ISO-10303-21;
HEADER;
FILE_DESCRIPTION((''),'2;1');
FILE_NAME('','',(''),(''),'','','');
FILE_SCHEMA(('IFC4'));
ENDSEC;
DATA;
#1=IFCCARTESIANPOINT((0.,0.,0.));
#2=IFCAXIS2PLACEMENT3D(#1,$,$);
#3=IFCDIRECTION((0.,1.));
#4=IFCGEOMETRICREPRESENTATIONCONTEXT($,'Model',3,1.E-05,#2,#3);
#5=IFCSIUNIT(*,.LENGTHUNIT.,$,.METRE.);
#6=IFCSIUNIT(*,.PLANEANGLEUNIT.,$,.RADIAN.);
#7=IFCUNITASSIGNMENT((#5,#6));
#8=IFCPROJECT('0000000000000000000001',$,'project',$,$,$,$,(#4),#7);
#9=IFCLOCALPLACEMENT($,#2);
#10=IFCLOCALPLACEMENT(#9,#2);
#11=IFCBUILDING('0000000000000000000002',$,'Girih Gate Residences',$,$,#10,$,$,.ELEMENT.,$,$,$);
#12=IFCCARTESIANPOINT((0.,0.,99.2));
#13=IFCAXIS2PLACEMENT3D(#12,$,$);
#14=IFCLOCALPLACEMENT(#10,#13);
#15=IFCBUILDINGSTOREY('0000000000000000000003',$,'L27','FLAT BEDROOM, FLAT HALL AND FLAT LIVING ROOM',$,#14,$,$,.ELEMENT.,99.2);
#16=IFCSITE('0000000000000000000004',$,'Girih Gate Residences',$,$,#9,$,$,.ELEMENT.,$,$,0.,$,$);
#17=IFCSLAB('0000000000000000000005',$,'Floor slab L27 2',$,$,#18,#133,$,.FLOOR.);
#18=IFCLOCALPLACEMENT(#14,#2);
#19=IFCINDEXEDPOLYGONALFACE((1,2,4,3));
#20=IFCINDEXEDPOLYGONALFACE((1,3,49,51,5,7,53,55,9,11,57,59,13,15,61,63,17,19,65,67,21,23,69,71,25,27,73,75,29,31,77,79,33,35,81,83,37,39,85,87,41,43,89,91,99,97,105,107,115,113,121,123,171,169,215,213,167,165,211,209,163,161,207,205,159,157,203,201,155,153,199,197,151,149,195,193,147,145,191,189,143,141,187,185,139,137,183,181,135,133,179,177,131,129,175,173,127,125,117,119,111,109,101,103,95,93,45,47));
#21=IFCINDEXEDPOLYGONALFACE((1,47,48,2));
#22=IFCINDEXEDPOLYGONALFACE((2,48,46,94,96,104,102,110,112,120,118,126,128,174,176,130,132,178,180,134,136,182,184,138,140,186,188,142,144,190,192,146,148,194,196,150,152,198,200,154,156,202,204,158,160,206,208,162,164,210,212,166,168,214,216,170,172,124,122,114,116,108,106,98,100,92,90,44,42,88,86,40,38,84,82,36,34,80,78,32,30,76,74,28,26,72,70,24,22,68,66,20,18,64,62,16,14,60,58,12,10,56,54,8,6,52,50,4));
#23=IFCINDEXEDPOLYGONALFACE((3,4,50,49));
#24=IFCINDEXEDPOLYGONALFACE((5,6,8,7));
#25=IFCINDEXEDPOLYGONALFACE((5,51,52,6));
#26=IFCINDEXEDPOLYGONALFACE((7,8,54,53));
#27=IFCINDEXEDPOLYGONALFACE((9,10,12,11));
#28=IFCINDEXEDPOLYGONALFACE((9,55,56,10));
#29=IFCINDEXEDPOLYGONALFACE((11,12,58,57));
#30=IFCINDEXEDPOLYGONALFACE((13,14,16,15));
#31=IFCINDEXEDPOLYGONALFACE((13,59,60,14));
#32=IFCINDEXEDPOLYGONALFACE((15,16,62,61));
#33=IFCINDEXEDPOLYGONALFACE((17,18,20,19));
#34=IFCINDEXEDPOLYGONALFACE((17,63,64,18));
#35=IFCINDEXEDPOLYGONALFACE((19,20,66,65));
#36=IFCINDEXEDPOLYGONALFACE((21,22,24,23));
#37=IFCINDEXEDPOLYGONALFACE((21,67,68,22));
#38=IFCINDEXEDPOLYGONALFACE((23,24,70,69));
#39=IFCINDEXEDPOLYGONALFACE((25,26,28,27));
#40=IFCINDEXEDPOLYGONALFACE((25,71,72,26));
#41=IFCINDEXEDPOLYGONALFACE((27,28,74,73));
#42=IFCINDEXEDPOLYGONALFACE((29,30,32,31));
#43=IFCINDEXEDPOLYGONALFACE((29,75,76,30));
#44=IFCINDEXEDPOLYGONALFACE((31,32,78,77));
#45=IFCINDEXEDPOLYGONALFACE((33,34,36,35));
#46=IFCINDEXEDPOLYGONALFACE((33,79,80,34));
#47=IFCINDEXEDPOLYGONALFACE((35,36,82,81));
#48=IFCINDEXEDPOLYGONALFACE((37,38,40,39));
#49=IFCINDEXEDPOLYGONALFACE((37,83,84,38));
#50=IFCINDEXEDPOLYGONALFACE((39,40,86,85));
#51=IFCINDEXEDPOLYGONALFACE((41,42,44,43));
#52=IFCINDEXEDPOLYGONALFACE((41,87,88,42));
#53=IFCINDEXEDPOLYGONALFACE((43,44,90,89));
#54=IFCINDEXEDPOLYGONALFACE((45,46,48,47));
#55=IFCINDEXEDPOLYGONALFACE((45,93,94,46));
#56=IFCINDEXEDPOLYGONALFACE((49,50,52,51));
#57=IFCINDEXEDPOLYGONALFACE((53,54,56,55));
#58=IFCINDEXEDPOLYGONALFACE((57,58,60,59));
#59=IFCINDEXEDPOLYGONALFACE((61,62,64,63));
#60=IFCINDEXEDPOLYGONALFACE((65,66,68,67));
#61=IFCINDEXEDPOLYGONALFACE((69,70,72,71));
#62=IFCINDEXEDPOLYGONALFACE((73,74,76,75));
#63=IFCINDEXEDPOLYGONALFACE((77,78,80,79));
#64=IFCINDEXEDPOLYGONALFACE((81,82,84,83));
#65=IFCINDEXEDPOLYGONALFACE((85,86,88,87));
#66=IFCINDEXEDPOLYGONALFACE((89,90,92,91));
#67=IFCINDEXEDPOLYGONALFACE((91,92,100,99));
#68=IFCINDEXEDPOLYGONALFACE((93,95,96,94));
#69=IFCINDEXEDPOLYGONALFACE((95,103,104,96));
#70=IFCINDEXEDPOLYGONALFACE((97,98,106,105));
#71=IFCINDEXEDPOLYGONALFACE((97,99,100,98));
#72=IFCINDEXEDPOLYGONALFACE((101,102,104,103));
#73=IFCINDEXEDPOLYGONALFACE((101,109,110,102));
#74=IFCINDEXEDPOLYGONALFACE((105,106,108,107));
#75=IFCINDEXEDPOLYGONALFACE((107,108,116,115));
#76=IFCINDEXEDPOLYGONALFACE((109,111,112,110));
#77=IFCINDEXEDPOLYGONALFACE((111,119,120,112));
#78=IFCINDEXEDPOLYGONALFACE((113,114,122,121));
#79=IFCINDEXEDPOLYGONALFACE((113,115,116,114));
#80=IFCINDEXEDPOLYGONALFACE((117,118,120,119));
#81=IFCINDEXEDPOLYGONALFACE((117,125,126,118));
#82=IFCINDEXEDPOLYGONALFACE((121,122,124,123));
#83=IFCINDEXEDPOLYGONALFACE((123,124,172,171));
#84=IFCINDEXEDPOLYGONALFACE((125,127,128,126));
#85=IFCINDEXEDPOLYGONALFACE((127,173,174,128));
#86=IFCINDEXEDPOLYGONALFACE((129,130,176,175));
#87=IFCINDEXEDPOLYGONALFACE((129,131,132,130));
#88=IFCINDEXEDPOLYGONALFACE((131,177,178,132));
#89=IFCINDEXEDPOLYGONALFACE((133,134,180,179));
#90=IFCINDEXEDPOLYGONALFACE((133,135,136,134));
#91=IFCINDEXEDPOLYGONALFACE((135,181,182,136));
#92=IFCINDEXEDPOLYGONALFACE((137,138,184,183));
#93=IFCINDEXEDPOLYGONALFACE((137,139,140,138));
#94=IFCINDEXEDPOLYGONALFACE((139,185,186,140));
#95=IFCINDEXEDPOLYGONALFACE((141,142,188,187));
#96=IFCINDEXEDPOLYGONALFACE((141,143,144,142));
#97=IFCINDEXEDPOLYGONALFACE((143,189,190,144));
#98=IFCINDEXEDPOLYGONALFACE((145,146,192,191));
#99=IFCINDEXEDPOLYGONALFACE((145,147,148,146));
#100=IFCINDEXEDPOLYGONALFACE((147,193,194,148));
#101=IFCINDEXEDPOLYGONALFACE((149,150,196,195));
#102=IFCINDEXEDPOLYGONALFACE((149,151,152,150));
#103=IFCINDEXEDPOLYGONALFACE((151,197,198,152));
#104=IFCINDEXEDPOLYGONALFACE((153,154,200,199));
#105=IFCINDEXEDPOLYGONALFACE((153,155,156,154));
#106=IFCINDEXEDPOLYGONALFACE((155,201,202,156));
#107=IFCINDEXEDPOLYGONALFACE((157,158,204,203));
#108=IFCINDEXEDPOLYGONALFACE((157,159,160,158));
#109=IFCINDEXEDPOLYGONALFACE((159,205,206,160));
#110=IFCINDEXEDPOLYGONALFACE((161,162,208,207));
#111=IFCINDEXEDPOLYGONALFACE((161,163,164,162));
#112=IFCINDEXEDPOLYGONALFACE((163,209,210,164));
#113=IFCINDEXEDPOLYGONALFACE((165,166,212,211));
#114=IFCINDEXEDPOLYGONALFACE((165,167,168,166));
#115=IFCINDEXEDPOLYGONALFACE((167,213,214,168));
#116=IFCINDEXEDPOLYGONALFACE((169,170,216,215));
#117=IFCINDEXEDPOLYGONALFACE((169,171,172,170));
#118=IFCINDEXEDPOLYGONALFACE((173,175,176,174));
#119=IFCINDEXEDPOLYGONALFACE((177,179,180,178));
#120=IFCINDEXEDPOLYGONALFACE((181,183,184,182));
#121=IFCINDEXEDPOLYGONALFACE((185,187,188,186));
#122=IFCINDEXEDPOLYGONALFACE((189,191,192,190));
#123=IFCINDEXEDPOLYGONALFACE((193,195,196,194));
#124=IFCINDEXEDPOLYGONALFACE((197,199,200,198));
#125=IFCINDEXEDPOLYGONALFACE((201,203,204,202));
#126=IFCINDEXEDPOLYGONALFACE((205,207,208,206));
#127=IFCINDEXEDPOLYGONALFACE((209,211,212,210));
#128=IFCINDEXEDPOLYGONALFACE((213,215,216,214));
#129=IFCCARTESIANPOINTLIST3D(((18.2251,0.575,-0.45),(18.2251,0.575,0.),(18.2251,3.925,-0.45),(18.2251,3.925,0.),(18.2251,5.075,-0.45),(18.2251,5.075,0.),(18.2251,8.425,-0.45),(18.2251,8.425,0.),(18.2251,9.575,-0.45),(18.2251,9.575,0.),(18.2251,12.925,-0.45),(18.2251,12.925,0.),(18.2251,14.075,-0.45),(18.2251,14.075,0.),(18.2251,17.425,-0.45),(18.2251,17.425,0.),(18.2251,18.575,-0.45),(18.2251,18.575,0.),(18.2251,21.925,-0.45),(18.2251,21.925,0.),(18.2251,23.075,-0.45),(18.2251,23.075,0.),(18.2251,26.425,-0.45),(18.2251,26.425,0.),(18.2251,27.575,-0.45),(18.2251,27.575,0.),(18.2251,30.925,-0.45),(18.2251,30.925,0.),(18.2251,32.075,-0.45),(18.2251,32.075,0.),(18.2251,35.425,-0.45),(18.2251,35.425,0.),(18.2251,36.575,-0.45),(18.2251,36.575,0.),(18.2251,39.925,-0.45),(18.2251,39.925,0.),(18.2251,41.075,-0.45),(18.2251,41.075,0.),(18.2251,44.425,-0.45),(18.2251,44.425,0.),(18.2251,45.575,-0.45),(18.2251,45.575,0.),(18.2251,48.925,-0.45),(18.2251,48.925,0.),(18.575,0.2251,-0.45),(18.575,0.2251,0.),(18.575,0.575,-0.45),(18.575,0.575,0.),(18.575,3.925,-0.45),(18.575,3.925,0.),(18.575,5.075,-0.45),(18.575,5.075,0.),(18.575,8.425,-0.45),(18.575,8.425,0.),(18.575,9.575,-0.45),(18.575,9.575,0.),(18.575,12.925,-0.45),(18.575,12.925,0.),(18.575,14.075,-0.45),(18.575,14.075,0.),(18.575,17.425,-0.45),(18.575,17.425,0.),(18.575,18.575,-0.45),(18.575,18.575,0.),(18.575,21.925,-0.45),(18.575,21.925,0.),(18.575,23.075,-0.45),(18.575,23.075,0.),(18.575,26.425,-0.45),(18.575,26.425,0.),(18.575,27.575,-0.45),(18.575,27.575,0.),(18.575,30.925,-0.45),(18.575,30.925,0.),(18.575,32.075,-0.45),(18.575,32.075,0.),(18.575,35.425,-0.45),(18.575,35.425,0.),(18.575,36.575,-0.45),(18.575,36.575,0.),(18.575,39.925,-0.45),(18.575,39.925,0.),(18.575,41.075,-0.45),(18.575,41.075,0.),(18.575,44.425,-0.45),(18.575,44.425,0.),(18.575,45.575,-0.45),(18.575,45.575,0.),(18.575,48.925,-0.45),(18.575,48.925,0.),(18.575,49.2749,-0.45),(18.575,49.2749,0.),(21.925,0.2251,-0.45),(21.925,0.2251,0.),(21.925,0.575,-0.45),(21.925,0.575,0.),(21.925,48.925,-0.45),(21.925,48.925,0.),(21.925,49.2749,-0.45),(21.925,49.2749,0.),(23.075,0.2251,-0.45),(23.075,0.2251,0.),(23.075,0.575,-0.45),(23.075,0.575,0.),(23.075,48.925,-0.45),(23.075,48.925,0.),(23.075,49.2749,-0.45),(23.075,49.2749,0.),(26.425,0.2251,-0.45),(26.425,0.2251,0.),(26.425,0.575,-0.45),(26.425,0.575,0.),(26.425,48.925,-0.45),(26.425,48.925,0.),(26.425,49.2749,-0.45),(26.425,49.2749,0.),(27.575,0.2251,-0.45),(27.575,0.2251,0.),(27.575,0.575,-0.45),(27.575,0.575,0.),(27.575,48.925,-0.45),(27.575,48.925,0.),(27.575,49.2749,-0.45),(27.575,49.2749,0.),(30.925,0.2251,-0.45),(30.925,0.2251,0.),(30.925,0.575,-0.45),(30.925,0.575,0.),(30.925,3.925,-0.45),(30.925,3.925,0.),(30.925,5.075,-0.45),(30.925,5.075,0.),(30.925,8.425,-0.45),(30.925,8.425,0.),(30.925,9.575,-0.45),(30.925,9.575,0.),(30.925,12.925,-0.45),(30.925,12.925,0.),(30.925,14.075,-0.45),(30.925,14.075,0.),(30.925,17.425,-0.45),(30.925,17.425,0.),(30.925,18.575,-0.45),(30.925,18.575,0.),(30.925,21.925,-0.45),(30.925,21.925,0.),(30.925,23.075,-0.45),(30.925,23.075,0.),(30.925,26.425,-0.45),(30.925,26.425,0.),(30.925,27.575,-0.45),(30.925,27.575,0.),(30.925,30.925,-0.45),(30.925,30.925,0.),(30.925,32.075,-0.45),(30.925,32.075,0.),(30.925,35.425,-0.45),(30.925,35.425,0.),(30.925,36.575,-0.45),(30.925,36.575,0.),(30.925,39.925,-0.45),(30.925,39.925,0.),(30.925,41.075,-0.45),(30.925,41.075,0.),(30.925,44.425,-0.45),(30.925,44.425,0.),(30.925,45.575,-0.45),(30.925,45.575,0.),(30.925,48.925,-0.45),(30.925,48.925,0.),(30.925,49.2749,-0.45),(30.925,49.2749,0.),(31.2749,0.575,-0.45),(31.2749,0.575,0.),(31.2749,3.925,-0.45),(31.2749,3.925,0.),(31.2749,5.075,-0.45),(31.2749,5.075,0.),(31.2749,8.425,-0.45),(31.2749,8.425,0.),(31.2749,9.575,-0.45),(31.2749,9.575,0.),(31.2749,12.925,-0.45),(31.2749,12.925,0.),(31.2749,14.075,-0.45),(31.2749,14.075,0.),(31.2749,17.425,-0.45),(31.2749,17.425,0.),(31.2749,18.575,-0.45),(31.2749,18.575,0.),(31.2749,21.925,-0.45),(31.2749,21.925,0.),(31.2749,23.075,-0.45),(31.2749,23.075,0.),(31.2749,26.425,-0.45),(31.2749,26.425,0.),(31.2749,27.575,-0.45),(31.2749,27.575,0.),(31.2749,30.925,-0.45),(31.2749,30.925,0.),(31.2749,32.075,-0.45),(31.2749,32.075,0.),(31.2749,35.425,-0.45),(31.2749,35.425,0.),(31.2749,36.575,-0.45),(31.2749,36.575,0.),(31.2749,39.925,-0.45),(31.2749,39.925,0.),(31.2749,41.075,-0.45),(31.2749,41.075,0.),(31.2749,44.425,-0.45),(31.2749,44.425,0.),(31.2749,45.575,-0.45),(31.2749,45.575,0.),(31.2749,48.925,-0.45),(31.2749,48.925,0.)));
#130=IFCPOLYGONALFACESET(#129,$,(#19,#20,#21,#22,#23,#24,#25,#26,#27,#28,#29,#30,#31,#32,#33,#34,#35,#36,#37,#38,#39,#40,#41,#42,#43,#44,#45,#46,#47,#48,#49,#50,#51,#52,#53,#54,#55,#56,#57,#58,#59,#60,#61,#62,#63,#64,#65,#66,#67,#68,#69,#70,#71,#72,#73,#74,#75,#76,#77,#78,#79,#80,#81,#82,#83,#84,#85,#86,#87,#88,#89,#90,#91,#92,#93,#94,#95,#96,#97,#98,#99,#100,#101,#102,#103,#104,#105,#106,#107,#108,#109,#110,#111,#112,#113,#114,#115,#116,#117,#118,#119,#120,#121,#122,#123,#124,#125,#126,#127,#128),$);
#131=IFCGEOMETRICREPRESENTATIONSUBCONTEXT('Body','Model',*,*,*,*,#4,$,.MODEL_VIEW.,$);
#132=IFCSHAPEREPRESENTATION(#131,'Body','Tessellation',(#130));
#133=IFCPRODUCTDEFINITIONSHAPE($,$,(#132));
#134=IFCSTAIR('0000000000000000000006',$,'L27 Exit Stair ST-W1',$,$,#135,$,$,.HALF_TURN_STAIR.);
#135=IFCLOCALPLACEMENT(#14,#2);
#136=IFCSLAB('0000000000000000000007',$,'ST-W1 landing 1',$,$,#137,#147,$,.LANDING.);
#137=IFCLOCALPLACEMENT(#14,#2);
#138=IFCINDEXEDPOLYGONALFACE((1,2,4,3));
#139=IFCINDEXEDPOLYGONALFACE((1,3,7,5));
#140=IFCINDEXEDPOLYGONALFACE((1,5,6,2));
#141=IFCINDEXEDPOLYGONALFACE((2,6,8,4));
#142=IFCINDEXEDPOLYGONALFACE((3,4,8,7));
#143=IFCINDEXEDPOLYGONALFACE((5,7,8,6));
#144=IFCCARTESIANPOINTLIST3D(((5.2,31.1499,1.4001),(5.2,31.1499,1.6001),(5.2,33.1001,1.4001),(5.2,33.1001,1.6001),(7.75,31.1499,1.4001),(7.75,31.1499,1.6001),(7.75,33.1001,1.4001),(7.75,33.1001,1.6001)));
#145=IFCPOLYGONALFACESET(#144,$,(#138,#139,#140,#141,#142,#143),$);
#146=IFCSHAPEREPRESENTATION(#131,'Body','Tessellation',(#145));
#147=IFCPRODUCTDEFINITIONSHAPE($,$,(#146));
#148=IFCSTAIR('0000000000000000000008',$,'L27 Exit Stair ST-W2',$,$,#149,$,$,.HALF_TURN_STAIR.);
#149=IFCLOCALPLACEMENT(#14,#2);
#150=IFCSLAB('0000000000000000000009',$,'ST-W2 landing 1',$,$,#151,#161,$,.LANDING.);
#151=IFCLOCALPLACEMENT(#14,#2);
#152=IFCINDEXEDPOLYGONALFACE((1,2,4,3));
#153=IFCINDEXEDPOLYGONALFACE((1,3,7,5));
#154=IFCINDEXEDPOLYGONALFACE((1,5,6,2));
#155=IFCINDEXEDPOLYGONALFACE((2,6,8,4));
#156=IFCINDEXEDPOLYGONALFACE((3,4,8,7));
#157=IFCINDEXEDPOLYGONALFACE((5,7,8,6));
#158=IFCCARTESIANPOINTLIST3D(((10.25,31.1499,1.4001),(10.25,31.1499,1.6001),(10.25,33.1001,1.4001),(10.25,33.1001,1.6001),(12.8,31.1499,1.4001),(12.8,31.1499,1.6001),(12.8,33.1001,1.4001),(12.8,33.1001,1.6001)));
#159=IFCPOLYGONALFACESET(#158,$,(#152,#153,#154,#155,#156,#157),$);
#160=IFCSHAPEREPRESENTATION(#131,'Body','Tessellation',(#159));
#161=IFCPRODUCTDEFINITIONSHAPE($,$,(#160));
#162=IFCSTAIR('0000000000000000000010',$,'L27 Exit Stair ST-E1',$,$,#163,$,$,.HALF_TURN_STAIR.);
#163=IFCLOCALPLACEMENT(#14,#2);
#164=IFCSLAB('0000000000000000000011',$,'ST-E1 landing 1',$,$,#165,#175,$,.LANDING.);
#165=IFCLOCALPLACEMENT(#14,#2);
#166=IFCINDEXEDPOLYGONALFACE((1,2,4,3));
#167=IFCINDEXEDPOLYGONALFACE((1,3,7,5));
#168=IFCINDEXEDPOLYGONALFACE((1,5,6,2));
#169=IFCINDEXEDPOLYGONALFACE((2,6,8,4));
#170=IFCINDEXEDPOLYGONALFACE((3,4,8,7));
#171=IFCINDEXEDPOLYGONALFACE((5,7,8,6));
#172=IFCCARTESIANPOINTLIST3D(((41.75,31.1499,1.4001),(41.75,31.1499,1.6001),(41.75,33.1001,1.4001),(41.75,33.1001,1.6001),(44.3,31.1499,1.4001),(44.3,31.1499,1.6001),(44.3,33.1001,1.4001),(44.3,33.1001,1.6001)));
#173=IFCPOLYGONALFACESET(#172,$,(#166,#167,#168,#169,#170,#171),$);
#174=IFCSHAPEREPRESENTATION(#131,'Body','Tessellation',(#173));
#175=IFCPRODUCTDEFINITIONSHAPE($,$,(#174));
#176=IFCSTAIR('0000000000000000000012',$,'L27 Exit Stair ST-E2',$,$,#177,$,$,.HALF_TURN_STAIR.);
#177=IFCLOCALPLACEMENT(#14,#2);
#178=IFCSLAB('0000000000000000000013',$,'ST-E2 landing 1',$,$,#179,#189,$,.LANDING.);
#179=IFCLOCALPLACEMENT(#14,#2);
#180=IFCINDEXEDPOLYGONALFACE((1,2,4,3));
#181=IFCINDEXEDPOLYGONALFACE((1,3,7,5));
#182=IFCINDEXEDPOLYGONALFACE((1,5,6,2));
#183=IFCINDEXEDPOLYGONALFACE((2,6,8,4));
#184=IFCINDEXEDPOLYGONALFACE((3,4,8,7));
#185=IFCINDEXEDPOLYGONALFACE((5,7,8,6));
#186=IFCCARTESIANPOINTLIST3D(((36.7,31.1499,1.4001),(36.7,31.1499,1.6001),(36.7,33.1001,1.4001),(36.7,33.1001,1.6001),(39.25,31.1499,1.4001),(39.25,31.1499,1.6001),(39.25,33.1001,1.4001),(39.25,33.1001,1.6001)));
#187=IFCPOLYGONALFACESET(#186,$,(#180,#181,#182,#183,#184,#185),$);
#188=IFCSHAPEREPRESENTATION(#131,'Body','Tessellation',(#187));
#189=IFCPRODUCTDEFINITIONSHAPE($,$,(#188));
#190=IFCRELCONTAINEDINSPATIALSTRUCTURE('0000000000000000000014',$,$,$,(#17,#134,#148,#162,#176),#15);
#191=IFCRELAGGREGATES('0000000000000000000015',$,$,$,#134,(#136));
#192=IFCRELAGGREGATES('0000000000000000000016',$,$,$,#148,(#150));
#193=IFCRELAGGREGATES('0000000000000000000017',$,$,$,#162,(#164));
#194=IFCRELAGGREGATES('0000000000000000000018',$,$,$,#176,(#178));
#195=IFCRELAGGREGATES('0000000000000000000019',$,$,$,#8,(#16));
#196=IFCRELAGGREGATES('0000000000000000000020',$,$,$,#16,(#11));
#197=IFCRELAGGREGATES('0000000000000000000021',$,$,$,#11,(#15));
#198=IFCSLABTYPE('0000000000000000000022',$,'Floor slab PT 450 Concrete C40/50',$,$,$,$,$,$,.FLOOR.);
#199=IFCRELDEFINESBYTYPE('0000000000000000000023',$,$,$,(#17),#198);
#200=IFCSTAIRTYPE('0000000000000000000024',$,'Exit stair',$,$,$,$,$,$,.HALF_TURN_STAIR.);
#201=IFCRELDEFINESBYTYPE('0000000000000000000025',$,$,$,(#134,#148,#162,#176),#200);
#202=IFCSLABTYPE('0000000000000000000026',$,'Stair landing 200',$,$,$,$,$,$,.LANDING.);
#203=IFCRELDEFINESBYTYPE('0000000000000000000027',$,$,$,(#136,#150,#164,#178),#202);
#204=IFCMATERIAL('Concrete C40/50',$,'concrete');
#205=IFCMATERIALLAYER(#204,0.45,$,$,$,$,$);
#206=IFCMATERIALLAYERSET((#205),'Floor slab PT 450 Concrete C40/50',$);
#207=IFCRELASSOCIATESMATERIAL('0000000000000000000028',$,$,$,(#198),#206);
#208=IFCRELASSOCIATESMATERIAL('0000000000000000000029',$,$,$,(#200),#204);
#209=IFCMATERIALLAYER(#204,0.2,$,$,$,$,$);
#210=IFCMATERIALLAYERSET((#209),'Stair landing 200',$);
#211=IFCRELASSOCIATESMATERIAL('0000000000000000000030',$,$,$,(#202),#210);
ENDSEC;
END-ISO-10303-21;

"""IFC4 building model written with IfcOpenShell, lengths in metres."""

from ifc_helpers import new_model, si_unit, direction, frame, origin, place, context, subcontext, project, spatial, polyline, outline, extrude, material, layer, layer_set, type_object, element, aggregate, save


model = new_model("IFC4")

# Units and contexts
model_context = context("Model", 3, precision=1e-05, world=origin(), true_north=direction((0.0, 1.0)))
body_context = subcontext(model_context, "Body", "Model", "MODEL_VIEW")
ifc_project = project(units=[si_unit("LENGTHUNIT", "METRE"), si_unit("PLANEANGLEUNIT", "RADIAN")], contexts=[model_context])

# Site, building, storey
site_placement = place(None, origin())
site = spatial("IfcSite", under=ifc_project, at=site_placement, Name="Girih Gate Residences", CompositionType="ELEMENT", RefElevation=0.0)
building_placement = place(site_placement, origin())
building = spatial("IfcBuilding", under=site, at=building_placement, Name="Girih Gate Residences", CompositionType="ELEMENT")
storey_placement = place(building_placement, frame((0.0, 0.0, 99.2)))
storey = spatial("IfcBuildingStorey", under=building, at=storey_placement, Name="L27", Description="FLAT BEDROOM, FLAT HALL AND FLAT LIVING ROOM", CompositionType="ELEMENT", Elevation=99.2)

# Slab
ifc_material_1 = material(Name="Concrete C40/50", Category="concrete")
ifc_layer_1 = layer(ifc_material_1, 0.45)
ifc_layer_set_1 = layer_set([ifc_layer_1], Name="Floor slab PT 450 Concrete C40/50")
slab_type_1 = type_object("IfcSlabType", Name="Floor slab PT 450 Concrete C40/50", PredefinedType="FLOOR", material=ifc_layer_set_1)
slab_1_placement = place(storey_placement, frame((0.0, 0.0, -0.45)))
element("IfcSlab", 1, at=slab_1_placement, inside=storey, type_object=slab_type_1, Name="Floor slab L27 2", PredefinedType="FLOOR", context=body_context, shape_type="SweptSolid", body=[
    extrude(outline(polyline([(21.925, 49.2749), (18.575, 49.2749), (18.575, 48.925), (18.2251, 48.925), (18.2251, 45.575), (18.575, 45.575), (18.575, 44.425), (18.2251, 44.425), (18.2251, 41.075), (18.575, 41.075), (18.575, 39.925), (18.2251, 39.925), (18.2251, 36.575), (18.575, 36.575), (18.575, 35.425), (18.2251, 35.425), (18.2251, 32.075), (18.575, 32.075), (18.575, 30.925), (18.2251, 30.925), (18.2251, 27.575), (18.575, 27.575), (18.575, 26.425), (18.2251, 26.425), (18.2251, 23.075), (18.575, 23.075), (18.575, 21.925), (18.2251, 21.925), (18.2251, 18.575), (18.575, 18.575), (18.575, 17.425), (18.2251, 17.425), (18.2251, 14.075), (18.575, 14.075), (18.575, 12.925), (18.2251, 12.925), (18.2251, 9.575), (18.575, 9.575), (18.575, 8.425), (18.2251, 8.425), (18.2251, 5.075), (18.575, 5.075), (18.575, 3.925), (18.2251, 3.925), (18.2251, 0.575), (18.575, 0.575), (18.575, 0.2251), (21.925, 0.2251), (21.925, 0.575), (23.075, 0.575), (23.075, 0.2251), (26.425, 0.2251), (26.425, 0.575), (27.575, 0.575), (27.575, 0.2251), (30.925, 0.2251), (30.925, 0.575), (31.2749, 0.575), (31.2749, 3.925), (30.925, 3.925), (30.925, 5.075), (31.2749, 5.075), (31.2749, 8.425), (30.925, 8.425), (30.925, 9.575), (31.2749, 9.575), (31.2749, 12.925), (30.925, 12.925), (30.925, 14.075), (31.2749, 14.075), (31.2749, 17.425), (30.925, 17.425), (30.925, 18.575), (31.2749, 18.575), (31.2749, 21.925), (30.925, 21.925), (30.925, 23.075), (31.2749, 23.075), (31.2749, 26.425), (30.925, 26.425), (30.925, 27.575), (31.2749, 27.575), (31.2749, 30.925), (30.925, 30.925), (30.925, 32.075), (31.2749, 32.075), (31.2749, 35.425), (30.925, 35.425), (30.925, 36.575), (31.2749, 36.575), (31.2749, 39.925), (30.925, 39.925), (30.925, 41.075), (31.2749, 41.075), (31.2749, 44.425), (30.925, 44.425), (30.925, 45.575), (31.2749, 45.575), (31.2749, 48.925), (30.925, 48.925), (30.925, 49.2749), (27.575, 49.2749), (27.575, 48.925), (26.425, 48.925), (26.425, 49.2749), (23.075, 49.2749), (23.075, 48.925), (21.925, 48.925), (21.925, 49.2749)])), origin(), (0.0, 0.0, 1.0), 0.45),
])

# Stairs, slabs
stair_type = type_object("IfcStairType", Name="Exit stair", PredefinedType="HALF_TURN_STAIR", material=ifc_material_1)
stair_1_placement = place(storey_placement, origin())
stair_1 = element("IfcStair", 2, at=stair_1_placement, inside=storey, type_object=stair_type, Name="L27 Exit Stair ST-W1", PredefinedType="HALF_TURN_STAIR")
ifc_layer_2 = layer(ifc_material_1, 0.2)
ifc_layer_set_2 = layer_set([ifc_layer_2], Name="Stair landing 200")
slab_type_2 = type_object("IfcSlabType", Name="Stair landing 200", PredefinedType="LANDING", material=ifc_layer_set_2)
slab_2_placement = place(storey_placement, frame((0.0, 0.0, 1.4001)))
slab_2 = element("IfcSlab", 3, at=slab_2_placement, type_object=slab_type_2, Name="ST-W1 landing 1", PredefinedType="LANDING", context=body_context, shape_type="SweptSolid", body=[
    extrude(outline(polyline([(7.75, 31.1499), (7.75, 33.1001), (5.2, 33.1001), (5.2, 31.1499), (7.75, 31.1499)])), origin(), (0.0, 0.0, 1.0), 0.2),
])
aggregate(stair_1, [slab_2])
stair_2_placement = place(storey_placement, origin())
stair_2 = element("IfcStair", 4, at=stair_2_placement, inside=storey, type_object=stair_type, Name="L27 Exit Stair ST-W2", PredefinedType="HALF_TURN_STAIR")
slab_3_placement = place(storey_placement, frame((0.0, 0.0, 1.4001)))
slab_3 = element("IfcSlab", 5, at=slab_3_placement, type_object=slab_type_2, Name="ST-W2 landing 1", PredefinedType="LANDING", context=body_context, shape_type="SweptSolid", body=[
    extrude(outline(polyline([(12.8, 31.1499), (12.8, 33.1001), (10.25, 33.1001), (10.25, 31.1499), (12.8, 31.1499)])), origin(), (0.0, 0.0, 1.0), 0.2),
])
aggregate(stair_2, [slab_3])
stair_3_placement = place(storey_placement, origin())
stair_3 = element("IfcStair", 6, at=stair_3_placement, inside=storey, type_object=stair_type, Name="L27 Exit Stair ST-E1", PredefinedType="HALF_TURN_STAIR")
slab_4_placement = place(storey_placement, frame((0.0, 0.0, 1.4001)))
slab_4 = element("IfcSlab", 7, at=slab_4_placement, type_object=slab_type_2, Name="ST-E1 landing 1", PredefinedType="LANDING", context=body_context, shape_type="SweptSolid", body=[
    extrude(outline(polyline([(44.3, 31.1499), (44.3, 33.1001), (41.75, 33.1001), (41.75, 31.1499), (44.3, 31.1499)])), origin(), (0.0, 0.0, 1.0), 0.2),
])
aggregate(stair_3, [slab_4])
stair_4_placement = place(storey_placement, origin())
stair_4 = element("IfcStair", 8, at=stair_4_placement, inside=storey, type_object=stair_type, Name="L27 Exit Stair ST-E2", PredefinedType="HALF_TURN_STAIR")
slab_5_placement = place(storey_placement, frame((0.0, 0.0, 1.4001)))
slab_5 = element("IfcSlab", 9, at=slab_5_placement, type_object=slab_type_2, Name="ST-E2 landing 1", PredefinedType="LANDING", context=body_context, shape_type="SweptSolid", body=[
    extrude(outline(polyline([(39.25, 31.1499), (39.25, 33.1001), (36.7, 33.1001), (36.7, 31.1499), (39.25, 31.1499)])), origin(), (0.0, 0.0, 1.0), 0.2),
])
aggregate(stair_4, [slab_5])

save(model, "model.ifc")
